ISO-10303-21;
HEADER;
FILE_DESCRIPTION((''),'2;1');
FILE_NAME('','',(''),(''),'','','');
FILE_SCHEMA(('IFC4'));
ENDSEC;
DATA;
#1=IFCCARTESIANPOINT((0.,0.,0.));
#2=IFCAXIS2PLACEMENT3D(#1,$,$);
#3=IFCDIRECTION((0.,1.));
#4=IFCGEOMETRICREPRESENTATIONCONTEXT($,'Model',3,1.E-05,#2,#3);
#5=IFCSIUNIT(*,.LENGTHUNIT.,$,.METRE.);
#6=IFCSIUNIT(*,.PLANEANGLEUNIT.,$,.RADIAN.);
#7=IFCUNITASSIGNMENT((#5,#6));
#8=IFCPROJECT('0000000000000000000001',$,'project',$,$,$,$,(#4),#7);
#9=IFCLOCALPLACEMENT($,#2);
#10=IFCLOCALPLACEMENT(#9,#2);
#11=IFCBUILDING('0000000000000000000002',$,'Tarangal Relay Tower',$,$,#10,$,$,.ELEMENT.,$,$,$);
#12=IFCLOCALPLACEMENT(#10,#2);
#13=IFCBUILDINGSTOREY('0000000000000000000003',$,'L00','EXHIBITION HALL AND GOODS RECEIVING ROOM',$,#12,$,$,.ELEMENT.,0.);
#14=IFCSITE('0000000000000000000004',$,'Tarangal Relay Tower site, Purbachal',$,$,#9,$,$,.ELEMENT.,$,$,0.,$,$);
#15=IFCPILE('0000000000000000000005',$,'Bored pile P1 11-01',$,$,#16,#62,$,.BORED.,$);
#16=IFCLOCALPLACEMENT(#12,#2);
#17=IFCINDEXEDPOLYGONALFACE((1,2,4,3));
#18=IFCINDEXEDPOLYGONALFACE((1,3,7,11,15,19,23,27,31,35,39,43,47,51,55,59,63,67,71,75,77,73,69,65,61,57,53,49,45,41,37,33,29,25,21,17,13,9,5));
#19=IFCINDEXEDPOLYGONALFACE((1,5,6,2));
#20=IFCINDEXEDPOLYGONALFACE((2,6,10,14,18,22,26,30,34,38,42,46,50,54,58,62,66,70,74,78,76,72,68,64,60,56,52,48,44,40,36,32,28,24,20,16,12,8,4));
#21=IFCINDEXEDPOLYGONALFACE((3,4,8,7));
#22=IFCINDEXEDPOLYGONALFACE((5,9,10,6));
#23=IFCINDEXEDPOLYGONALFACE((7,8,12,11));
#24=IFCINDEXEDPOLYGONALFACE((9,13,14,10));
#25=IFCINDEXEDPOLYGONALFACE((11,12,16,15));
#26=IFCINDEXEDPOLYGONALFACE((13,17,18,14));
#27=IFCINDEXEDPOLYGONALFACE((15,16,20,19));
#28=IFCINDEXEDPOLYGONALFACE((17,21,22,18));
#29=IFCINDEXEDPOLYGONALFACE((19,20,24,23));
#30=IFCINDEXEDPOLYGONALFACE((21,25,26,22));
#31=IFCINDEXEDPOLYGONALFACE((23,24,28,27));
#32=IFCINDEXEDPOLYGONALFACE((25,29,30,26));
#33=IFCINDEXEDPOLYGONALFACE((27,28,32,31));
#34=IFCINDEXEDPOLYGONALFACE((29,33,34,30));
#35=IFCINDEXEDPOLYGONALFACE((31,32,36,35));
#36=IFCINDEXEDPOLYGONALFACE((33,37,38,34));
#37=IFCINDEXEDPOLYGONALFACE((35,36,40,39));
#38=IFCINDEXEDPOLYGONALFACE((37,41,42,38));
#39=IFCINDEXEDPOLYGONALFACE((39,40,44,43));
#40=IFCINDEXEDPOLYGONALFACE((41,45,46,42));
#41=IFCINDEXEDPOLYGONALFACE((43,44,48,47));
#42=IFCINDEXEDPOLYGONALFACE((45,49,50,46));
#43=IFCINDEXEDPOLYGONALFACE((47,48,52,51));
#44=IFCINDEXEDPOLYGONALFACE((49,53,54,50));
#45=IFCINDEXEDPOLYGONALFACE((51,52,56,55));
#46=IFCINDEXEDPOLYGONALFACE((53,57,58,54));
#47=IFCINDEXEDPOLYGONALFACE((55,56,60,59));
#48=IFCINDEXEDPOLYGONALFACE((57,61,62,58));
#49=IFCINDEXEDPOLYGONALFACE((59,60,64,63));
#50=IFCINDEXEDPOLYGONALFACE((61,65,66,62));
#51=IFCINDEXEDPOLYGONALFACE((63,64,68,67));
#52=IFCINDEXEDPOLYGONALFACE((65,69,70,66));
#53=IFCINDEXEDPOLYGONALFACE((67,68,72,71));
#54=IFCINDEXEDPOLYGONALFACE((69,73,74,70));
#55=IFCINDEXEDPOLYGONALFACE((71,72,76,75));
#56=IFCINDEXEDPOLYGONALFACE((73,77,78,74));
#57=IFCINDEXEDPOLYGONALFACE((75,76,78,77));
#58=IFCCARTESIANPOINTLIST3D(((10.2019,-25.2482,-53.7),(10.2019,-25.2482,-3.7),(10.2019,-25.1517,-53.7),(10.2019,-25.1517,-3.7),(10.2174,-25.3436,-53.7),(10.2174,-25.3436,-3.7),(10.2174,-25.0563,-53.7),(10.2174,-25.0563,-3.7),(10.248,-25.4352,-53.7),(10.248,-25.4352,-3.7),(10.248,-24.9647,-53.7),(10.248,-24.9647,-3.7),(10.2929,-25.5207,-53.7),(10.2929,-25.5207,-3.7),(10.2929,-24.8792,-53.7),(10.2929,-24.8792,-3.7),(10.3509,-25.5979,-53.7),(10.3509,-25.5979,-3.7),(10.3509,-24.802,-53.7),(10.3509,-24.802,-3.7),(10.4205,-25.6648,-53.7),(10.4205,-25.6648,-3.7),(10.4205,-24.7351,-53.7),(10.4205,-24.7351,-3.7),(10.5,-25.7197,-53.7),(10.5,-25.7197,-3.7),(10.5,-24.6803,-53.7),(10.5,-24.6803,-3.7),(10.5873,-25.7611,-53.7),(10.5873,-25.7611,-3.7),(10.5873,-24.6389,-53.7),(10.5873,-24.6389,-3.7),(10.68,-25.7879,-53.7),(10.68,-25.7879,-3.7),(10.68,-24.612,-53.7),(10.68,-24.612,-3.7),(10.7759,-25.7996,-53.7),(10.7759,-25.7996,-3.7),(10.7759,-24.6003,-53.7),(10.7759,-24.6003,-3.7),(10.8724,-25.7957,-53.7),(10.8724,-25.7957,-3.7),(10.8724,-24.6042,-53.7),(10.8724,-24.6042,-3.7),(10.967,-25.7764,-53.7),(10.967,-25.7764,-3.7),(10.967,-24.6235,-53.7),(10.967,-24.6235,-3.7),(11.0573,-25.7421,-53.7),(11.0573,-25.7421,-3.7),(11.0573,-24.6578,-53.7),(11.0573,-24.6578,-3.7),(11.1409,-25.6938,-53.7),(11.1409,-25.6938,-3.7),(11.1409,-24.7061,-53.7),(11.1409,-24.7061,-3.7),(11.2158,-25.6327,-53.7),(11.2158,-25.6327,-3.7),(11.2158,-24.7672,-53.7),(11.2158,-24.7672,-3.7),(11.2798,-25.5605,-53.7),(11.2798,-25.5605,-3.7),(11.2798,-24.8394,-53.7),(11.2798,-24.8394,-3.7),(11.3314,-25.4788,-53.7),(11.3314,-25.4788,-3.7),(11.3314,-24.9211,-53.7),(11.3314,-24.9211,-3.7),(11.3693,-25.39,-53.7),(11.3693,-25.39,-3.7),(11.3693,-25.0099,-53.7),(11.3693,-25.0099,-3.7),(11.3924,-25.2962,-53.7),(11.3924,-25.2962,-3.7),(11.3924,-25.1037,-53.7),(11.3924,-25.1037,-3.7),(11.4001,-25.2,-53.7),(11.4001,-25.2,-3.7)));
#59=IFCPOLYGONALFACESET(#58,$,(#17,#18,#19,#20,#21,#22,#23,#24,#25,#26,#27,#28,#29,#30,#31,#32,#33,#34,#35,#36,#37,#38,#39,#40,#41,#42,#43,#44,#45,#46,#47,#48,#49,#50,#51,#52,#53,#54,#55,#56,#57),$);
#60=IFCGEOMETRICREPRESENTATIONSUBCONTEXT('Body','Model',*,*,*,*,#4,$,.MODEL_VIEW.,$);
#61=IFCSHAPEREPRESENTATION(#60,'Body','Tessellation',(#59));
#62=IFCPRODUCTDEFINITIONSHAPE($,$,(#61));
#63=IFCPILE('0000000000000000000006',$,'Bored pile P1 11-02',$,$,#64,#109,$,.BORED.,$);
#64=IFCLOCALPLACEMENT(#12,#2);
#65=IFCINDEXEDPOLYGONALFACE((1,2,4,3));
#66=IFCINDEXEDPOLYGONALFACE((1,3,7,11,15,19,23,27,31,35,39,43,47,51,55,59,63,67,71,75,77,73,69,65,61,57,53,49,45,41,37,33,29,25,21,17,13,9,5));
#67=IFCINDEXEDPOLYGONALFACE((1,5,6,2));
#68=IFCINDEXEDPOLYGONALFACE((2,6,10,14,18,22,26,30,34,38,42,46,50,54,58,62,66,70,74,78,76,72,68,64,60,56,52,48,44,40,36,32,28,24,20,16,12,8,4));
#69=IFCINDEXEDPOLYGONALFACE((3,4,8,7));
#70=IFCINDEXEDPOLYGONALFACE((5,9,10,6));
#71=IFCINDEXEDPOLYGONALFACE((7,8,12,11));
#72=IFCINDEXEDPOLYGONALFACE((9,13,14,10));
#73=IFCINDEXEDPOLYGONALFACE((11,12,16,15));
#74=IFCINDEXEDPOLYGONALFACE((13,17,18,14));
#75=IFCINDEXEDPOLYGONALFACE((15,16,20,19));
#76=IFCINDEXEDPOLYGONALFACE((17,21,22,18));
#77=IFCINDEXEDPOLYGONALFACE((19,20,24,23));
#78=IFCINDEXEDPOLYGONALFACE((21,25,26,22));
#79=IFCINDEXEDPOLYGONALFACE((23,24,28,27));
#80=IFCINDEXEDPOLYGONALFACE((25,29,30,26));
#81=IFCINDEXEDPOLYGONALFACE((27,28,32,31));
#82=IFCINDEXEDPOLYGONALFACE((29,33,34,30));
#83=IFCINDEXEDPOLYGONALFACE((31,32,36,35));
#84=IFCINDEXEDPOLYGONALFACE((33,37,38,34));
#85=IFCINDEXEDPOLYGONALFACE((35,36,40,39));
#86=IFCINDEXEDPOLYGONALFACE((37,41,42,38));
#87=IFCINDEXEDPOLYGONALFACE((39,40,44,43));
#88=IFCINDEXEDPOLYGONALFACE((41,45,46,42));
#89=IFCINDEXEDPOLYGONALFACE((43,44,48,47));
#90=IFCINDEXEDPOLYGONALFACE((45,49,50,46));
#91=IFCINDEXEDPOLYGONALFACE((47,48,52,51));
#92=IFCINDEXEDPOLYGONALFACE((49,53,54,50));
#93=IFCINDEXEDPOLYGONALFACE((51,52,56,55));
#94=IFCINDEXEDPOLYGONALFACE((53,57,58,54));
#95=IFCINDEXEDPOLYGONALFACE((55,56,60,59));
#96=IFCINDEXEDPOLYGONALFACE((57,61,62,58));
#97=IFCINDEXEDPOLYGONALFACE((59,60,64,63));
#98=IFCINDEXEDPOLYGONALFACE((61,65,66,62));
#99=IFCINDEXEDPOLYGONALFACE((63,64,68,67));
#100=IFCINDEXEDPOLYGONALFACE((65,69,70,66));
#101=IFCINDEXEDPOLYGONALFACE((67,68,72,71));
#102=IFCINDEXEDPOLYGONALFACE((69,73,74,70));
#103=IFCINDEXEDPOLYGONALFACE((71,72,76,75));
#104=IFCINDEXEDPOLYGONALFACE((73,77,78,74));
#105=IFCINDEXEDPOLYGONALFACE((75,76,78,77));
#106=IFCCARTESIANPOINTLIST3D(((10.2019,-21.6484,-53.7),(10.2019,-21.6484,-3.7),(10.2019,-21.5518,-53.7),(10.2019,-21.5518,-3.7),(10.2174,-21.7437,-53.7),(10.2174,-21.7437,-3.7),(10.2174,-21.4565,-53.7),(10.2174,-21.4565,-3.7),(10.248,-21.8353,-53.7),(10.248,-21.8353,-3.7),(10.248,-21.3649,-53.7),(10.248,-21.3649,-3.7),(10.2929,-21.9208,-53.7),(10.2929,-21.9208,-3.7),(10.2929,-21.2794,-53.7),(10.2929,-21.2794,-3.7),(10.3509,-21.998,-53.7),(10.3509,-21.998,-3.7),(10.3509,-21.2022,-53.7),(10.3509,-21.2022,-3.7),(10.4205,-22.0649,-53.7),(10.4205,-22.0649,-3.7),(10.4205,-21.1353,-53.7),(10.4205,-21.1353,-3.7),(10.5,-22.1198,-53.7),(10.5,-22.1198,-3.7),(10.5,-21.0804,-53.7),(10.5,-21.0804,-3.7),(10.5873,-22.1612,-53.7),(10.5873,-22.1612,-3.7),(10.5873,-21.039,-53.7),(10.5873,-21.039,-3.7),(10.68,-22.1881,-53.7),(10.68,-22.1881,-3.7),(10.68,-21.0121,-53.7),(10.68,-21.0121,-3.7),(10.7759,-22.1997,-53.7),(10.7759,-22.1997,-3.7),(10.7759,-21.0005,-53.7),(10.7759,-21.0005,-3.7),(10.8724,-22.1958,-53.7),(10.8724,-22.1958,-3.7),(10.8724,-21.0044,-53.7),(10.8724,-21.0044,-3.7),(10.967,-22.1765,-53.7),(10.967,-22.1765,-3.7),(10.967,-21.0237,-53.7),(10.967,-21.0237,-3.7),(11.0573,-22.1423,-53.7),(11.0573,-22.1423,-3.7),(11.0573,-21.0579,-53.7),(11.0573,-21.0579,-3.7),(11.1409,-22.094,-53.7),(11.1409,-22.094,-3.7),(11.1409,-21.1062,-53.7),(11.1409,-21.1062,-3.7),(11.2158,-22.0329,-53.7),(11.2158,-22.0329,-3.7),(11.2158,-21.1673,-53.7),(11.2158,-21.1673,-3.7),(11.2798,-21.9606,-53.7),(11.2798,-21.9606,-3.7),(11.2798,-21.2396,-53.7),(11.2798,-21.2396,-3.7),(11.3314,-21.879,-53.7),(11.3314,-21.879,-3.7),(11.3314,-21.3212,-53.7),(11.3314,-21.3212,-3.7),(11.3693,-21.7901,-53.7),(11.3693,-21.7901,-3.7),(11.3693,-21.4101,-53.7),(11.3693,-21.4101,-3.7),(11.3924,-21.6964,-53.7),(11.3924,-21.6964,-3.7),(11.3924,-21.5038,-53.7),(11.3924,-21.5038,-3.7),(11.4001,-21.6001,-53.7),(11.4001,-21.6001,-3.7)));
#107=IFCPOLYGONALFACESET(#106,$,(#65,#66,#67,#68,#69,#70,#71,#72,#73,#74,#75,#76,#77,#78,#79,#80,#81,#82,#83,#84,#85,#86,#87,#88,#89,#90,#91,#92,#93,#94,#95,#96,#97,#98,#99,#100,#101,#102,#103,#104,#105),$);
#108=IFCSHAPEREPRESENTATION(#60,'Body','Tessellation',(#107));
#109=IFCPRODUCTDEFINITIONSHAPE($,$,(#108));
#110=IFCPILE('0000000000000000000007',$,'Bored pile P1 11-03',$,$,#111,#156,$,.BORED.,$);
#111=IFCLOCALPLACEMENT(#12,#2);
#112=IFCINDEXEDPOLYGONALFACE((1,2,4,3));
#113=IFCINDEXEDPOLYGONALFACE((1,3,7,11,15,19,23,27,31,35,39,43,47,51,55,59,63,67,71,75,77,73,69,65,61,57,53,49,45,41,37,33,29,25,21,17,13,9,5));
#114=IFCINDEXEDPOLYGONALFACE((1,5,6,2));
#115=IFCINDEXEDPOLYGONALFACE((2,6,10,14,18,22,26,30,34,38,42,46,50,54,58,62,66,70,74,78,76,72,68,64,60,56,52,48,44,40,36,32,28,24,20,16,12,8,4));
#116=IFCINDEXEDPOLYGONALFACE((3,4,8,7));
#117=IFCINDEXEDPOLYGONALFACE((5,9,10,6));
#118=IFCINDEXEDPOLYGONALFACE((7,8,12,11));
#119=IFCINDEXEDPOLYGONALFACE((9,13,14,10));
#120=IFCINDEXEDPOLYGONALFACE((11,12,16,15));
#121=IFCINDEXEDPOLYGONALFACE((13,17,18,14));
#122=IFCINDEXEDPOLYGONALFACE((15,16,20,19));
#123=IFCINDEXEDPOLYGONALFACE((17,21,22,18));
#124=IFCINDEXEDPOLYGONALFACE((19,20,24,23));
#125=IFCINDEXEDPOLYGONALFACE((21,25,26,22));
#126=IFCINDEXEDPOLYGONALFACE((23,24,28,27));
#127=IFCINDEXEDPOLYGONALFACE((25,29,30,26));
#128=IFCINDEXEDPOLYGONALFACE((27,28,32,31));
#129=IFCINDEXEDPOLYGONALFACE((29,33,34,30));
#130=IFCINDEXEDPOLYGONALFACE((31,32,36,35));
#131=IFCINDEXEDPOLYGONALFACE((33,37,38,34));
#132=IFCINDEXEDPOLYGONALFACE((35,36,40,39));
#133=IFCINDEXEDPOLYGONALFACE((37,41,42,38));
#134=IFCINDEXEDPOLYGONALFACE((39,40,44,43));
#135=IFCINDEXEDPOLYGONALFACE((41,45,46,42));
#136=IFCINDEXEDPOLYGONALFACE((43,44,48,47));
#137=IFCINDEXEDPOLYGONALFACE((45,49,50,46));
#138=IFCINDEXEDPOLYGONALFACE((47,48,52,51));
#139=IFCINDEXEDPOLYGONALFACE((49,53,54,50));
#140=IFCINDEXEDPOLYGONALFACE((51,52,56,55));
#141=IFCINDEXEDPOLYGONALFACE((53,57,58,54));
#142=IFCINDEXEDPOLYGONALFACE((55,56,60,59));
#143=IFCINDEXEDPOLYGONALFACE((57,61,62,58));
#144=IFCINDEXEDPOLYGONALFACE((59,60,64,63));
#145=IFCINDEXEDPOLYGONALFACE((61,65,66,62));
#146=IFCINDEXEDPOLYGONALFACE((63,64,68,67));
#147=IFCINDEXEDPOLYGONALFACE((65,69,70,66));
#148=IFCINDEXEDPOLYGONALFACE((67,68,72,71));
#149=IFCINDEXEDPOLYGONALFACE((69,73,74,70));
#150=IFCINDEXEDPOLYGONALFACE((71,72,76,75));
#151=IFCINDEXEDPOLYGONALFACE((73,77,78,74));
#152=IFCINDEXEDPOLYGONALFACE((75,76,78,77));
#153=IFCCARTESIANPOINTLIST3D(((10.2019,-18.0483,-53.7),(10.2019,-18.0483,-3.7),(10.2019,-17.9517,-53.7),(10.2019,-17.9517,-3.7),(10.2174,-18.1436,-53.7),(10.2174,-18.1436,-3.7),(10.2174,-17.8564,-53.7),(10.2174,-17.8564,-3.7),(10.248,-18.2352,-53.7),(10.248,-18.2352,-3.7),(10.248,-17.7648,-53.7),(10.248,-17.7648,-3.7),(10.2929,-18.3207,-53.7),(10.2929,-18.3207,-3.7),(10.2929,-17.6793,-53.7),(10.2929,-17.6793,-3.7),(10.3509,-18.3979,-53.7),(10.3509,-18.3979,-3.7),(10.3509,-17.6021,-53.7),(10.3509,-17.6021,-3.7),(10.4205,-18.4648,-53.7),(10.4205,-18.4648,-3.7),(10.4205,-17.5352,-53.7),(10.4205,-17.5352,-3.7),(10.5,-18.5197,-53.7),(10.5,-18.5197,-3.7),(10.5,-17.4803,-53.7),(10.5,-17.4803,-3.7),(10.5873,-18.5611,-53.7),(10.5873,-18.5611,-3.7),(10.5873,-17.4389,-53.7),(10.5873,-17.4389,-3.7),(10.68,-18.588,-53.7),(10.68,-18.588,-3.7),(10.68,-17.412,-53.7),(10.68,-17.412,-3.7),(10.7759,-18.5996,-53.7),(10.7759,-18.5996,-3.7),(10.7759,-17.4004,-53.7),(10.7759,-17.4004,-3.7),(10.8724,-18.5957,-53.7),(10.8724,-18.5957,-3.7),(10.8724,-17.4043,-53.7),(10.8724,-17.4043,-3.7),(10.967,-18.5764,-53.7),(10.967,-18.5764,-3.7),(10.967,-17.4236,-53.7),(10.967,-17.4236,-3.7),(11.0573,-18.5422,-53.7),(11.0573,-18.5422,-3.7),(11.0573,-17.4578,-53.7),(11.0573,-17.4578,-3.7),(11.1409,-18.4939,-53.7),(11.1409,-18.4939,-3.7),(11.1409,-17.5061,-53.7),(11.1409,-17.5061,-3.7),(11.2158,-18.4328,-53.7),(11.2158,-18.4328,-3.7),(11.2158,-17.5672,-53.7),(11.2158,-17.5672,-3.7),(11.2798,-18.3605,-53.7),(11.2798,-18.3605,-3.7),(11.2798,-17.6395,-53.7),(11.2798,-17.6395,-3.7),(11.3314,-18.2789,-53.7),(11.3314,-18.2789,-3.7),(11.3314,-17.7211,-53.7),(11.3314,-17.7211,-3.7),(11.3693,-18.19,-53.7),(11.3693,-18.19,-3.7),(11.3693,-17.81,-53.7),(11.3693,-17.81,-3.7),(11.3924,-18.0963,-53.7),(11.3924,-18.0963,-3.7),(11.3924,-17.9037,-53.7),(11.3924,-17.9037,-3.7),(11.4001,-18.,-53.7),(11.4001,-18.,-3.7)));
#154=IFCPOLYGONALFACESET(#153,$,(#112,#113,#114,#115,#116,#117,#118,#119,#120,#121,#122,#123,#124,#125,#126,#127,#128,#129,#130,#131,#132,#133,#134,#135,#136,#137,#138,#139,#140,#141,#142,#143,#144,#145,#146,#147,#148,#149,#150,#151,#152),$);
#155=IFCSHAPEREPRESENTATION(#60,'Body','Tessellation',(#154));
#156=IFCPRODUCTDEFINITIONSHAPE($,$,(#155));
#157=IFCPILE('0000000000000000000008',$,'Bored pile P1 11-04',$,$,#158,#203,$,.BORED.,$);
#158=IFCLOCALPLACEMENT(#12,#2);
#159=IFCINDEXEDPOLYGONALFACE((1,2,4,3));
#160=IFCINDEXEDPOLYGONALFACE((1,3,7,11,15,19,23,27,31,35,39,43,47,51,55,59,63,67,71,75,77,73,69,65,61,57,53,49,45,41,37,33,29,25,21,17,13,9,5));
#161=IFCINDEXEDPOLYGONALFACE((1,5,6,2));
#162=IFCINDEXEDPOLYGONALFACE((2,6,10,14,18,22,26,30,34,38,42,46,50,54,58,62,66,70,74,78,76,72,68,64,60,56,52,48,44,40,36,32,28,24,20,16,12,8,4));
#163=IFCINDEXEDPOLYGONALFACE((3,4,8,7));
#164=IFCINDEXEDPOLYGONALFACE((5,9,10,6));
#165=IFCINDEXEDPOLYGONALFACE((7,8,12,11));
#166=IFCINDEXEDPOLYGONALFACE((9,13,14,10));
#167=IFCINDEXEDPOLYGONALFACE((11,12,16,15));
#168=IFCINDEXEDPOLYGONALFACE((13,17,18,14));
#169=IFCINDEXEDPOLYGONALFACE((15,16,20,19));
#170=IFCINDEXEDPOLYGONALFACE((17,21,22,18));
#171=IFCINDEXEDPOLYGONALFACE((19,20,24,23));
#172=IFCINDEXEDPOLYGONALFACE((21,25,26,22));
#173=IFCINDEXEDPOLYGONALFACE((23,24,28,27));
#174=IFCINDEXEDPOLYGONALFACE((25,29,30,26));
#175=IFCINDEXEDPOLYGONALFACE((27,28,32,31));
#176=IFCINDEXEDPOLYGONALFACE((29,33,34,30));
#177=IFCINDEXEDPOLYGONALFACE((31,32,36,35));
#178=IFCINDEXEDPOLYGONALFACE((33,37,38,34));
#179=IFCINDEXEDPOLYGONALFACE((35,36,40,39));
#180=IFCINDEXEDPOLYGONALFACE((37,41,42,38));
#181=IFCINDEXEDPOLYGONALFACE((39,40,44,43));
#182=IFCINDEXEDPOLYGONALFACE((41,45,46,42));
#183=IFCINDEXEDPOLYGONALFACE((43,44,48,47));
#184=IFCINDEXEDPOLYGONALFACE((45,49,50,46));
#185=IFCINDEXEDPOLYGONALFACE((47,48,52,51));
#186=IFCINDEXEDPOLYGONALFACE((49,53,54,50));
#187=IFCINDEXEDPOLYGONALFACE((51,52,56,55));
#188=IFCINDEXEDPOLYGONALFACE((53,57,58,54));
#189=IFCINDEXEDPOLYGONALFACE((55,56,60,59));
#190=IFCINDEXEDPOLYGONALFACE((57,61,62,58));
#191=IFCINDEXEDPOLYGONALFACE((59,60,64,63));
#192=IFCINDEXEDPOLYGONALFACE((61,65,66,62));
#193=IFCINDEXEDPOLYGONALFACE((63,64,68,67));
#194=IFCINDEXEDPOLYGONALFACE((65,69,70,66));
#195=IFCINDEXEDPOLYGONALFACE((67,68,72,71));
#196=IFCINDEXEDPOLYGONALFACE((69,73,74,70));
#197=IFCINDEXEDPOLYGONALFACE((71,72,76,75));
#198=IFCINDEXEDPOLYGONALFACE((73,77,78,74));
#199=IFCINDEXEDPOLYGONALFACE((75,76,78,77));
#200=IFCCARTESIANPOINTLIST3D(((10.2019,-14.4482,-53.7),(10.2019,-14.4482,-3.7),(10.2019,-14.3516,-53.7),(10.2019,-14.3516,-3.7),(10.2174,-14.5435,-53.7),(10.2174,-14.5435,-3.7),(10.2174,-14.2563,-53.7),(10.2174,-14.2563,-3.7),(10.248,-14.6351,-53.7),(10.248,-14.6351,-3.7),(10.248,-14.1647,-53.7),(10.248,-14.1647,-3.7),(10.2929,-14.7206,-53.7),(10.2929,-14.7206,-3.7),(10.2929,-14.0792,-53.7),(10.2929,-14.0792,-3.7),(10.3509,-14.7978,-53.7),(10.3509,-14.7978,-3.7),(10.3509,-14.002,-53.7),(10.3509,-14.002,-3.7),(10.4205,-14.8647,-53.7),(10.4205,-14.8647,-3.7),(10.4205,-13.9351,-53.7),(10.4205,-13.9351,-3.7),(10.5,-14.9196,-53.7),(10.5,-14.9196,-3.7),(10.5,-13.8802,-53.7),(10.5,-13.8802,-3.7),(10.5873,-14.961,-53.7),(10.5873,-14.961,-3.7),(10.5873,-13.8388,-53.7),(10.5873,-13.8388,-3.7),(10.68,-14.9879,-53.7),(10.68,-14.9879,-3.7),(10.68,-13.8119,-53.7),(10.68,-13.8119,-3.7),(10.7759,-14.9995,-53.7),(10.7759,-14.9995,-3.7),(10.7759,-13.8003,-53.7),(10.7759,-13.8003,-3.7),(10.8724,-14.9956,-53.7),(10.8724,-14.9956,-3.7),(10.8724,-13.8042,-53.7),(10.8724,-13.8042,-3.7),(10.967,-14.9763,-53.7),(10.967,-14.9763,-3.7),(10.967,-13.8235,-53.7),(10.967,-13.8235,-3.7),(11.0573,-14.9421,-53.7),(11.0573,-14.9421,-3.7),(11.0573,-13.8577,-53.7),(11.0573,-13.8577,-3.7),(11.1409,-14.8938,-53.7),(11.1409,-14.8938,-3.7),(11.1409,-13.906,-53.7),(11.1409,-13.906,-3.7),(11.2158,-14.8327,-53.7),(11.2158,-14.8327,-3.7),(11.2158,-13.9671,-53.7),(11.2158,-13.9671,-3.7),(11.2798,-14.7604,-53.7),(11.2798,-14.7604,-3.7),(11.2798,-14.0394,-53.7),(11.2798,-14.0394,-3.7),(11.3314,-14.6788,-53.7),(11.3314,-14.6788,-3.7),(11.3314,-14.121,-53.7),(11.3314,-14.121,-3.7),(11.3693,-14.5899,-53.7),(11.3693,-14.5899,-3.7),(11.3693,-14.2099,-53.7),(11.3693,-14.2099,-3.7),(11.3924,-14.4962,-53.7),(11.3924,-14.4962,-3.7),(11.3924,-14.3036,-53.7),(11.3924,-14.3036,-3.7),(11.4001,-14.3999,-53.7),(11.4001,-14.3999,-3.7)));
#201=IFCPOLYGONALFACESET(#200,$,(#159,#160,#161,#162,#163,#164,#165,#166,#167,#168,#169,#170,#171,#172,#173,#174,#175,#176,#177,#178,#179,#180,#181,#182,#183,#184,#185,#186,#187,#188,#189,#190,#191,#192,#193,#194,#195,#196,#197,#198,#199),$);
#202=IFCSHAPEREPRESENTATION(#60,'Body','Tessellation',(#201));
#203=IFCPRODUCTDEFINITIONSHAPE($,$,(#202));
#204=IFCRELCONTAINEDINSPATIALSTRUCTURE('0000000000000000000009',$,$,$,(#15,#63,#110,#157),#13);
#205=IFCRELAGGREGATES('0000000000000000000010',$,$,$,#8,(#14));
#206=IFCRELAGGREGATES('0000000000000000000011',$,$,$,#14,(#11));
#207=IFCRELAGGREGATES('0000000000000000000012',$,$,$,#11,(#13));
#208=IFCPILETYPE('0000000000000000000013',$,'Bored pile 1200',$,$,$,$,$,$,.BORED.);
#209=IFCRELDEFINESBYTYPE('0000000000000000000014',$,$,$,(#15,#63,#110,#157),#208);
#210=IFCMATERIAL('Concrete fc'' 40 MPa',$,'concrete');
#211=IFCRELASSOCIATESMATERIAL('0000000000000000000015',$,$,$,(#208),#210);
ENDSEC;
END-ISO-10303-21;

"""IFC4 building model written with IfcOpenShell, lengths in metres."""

from ifc_helpers import new_model, si_unit, direction, frame, origin, origin_2d, place, context, subcontext, project, spatial, circle, extrude, material, material_profile, profile_set, type_object, element, save


model = new_model("IFC4")

# Units and contexts
model_context = context("Model", 3, precision=1e-05, world=origin(), true_north=direction((0.0, 1.0)))
body_context = subcontext(model_context, "Body", "Model", "MODEL_VIEW")
ifc_project = project(units=[si_unit("LENGTHUNIT", "METRE"), si_unit("PLANEANGLEUNIT", "RADIAN")], contexts=[model_context])

# Site, building, storey
site_placement = place(None, origin())
site = spatial("IfcSite", under=ifc_project, at=site_placement, Name="Tarangal Relay Tower site, Purbachal", CompositionType="ELEMENT", RefElevation=0.0)
building_placement = place(site_placement, origin())
building = spatial("IfcBuilding", under=site, at=building_placement, Name="Tarangal Relay Tower", CompositionType="ELEMENT")
storey_placement = place(building_placement, origin())
storey = spatial("IfcBuildingStorey", under=building, at=storey_placement, Name="L00", Description="EXHIBITION HALL AND GOODS RECEIVING ROOM", CompositionType="ELEMENT", Elevation=0.0)

# Piles
ifc_material_1 = material(Name="Concrete fc' 40 MPa", Category="concrete")
ifc_material_profile_1 = material_profile(ifc_material_1, circle(Radius=0.6001, at=origin_2d()), Name="D1200")
ifc_profile_set_1 = profile_set([ifc_material_profile_1], Name="Concrete fc' 40 MPa")
pile_type = type_object("IfcPileType", Name="Bored pile 1200", PredefinedType="BORED", material=ifc_profile_set_1)
for number, where, z_axis, x_axis, name in (
    (1, (10.8, -25.2, -3.7), (0.0, 0.0, -1.0), (1.0, 0.0, 0.0), "Bored pile P1 11-01"),
    (2, (10.8, -21.6001, -3.7), (0.0, 0.0, -1.0), (1.0, 0.0, 0.0), "Bored pile P1 11-02"),
    (3, (10.8, -18.0, -3.7), (0.0, 0.0, -1.0), (1.0, 0.0, 0.0), "Bored pile P1 11-03"),
    (4, (10.8, -14.3999, -3.7), (0.0, 0.0, -1.0), (1.0, 0.0, 0.0), "Bored pile P1 11-04"),
):
    element("IfcPile", number, at=place(storey_placement, frame(where, z_axis=z_axis, x_axis=x_axis)), inside=storey, type_object=pile_type, Name=name, PredefinedType="BORED", context=body_context, shape_type="SweptSolid", body=[
        extrude(circle(Radius=0.6001, at=origin_2d()), origin(), (0.0, 0.0, 1.0), 50.0),
    ])

save(model, "model.ifc")
